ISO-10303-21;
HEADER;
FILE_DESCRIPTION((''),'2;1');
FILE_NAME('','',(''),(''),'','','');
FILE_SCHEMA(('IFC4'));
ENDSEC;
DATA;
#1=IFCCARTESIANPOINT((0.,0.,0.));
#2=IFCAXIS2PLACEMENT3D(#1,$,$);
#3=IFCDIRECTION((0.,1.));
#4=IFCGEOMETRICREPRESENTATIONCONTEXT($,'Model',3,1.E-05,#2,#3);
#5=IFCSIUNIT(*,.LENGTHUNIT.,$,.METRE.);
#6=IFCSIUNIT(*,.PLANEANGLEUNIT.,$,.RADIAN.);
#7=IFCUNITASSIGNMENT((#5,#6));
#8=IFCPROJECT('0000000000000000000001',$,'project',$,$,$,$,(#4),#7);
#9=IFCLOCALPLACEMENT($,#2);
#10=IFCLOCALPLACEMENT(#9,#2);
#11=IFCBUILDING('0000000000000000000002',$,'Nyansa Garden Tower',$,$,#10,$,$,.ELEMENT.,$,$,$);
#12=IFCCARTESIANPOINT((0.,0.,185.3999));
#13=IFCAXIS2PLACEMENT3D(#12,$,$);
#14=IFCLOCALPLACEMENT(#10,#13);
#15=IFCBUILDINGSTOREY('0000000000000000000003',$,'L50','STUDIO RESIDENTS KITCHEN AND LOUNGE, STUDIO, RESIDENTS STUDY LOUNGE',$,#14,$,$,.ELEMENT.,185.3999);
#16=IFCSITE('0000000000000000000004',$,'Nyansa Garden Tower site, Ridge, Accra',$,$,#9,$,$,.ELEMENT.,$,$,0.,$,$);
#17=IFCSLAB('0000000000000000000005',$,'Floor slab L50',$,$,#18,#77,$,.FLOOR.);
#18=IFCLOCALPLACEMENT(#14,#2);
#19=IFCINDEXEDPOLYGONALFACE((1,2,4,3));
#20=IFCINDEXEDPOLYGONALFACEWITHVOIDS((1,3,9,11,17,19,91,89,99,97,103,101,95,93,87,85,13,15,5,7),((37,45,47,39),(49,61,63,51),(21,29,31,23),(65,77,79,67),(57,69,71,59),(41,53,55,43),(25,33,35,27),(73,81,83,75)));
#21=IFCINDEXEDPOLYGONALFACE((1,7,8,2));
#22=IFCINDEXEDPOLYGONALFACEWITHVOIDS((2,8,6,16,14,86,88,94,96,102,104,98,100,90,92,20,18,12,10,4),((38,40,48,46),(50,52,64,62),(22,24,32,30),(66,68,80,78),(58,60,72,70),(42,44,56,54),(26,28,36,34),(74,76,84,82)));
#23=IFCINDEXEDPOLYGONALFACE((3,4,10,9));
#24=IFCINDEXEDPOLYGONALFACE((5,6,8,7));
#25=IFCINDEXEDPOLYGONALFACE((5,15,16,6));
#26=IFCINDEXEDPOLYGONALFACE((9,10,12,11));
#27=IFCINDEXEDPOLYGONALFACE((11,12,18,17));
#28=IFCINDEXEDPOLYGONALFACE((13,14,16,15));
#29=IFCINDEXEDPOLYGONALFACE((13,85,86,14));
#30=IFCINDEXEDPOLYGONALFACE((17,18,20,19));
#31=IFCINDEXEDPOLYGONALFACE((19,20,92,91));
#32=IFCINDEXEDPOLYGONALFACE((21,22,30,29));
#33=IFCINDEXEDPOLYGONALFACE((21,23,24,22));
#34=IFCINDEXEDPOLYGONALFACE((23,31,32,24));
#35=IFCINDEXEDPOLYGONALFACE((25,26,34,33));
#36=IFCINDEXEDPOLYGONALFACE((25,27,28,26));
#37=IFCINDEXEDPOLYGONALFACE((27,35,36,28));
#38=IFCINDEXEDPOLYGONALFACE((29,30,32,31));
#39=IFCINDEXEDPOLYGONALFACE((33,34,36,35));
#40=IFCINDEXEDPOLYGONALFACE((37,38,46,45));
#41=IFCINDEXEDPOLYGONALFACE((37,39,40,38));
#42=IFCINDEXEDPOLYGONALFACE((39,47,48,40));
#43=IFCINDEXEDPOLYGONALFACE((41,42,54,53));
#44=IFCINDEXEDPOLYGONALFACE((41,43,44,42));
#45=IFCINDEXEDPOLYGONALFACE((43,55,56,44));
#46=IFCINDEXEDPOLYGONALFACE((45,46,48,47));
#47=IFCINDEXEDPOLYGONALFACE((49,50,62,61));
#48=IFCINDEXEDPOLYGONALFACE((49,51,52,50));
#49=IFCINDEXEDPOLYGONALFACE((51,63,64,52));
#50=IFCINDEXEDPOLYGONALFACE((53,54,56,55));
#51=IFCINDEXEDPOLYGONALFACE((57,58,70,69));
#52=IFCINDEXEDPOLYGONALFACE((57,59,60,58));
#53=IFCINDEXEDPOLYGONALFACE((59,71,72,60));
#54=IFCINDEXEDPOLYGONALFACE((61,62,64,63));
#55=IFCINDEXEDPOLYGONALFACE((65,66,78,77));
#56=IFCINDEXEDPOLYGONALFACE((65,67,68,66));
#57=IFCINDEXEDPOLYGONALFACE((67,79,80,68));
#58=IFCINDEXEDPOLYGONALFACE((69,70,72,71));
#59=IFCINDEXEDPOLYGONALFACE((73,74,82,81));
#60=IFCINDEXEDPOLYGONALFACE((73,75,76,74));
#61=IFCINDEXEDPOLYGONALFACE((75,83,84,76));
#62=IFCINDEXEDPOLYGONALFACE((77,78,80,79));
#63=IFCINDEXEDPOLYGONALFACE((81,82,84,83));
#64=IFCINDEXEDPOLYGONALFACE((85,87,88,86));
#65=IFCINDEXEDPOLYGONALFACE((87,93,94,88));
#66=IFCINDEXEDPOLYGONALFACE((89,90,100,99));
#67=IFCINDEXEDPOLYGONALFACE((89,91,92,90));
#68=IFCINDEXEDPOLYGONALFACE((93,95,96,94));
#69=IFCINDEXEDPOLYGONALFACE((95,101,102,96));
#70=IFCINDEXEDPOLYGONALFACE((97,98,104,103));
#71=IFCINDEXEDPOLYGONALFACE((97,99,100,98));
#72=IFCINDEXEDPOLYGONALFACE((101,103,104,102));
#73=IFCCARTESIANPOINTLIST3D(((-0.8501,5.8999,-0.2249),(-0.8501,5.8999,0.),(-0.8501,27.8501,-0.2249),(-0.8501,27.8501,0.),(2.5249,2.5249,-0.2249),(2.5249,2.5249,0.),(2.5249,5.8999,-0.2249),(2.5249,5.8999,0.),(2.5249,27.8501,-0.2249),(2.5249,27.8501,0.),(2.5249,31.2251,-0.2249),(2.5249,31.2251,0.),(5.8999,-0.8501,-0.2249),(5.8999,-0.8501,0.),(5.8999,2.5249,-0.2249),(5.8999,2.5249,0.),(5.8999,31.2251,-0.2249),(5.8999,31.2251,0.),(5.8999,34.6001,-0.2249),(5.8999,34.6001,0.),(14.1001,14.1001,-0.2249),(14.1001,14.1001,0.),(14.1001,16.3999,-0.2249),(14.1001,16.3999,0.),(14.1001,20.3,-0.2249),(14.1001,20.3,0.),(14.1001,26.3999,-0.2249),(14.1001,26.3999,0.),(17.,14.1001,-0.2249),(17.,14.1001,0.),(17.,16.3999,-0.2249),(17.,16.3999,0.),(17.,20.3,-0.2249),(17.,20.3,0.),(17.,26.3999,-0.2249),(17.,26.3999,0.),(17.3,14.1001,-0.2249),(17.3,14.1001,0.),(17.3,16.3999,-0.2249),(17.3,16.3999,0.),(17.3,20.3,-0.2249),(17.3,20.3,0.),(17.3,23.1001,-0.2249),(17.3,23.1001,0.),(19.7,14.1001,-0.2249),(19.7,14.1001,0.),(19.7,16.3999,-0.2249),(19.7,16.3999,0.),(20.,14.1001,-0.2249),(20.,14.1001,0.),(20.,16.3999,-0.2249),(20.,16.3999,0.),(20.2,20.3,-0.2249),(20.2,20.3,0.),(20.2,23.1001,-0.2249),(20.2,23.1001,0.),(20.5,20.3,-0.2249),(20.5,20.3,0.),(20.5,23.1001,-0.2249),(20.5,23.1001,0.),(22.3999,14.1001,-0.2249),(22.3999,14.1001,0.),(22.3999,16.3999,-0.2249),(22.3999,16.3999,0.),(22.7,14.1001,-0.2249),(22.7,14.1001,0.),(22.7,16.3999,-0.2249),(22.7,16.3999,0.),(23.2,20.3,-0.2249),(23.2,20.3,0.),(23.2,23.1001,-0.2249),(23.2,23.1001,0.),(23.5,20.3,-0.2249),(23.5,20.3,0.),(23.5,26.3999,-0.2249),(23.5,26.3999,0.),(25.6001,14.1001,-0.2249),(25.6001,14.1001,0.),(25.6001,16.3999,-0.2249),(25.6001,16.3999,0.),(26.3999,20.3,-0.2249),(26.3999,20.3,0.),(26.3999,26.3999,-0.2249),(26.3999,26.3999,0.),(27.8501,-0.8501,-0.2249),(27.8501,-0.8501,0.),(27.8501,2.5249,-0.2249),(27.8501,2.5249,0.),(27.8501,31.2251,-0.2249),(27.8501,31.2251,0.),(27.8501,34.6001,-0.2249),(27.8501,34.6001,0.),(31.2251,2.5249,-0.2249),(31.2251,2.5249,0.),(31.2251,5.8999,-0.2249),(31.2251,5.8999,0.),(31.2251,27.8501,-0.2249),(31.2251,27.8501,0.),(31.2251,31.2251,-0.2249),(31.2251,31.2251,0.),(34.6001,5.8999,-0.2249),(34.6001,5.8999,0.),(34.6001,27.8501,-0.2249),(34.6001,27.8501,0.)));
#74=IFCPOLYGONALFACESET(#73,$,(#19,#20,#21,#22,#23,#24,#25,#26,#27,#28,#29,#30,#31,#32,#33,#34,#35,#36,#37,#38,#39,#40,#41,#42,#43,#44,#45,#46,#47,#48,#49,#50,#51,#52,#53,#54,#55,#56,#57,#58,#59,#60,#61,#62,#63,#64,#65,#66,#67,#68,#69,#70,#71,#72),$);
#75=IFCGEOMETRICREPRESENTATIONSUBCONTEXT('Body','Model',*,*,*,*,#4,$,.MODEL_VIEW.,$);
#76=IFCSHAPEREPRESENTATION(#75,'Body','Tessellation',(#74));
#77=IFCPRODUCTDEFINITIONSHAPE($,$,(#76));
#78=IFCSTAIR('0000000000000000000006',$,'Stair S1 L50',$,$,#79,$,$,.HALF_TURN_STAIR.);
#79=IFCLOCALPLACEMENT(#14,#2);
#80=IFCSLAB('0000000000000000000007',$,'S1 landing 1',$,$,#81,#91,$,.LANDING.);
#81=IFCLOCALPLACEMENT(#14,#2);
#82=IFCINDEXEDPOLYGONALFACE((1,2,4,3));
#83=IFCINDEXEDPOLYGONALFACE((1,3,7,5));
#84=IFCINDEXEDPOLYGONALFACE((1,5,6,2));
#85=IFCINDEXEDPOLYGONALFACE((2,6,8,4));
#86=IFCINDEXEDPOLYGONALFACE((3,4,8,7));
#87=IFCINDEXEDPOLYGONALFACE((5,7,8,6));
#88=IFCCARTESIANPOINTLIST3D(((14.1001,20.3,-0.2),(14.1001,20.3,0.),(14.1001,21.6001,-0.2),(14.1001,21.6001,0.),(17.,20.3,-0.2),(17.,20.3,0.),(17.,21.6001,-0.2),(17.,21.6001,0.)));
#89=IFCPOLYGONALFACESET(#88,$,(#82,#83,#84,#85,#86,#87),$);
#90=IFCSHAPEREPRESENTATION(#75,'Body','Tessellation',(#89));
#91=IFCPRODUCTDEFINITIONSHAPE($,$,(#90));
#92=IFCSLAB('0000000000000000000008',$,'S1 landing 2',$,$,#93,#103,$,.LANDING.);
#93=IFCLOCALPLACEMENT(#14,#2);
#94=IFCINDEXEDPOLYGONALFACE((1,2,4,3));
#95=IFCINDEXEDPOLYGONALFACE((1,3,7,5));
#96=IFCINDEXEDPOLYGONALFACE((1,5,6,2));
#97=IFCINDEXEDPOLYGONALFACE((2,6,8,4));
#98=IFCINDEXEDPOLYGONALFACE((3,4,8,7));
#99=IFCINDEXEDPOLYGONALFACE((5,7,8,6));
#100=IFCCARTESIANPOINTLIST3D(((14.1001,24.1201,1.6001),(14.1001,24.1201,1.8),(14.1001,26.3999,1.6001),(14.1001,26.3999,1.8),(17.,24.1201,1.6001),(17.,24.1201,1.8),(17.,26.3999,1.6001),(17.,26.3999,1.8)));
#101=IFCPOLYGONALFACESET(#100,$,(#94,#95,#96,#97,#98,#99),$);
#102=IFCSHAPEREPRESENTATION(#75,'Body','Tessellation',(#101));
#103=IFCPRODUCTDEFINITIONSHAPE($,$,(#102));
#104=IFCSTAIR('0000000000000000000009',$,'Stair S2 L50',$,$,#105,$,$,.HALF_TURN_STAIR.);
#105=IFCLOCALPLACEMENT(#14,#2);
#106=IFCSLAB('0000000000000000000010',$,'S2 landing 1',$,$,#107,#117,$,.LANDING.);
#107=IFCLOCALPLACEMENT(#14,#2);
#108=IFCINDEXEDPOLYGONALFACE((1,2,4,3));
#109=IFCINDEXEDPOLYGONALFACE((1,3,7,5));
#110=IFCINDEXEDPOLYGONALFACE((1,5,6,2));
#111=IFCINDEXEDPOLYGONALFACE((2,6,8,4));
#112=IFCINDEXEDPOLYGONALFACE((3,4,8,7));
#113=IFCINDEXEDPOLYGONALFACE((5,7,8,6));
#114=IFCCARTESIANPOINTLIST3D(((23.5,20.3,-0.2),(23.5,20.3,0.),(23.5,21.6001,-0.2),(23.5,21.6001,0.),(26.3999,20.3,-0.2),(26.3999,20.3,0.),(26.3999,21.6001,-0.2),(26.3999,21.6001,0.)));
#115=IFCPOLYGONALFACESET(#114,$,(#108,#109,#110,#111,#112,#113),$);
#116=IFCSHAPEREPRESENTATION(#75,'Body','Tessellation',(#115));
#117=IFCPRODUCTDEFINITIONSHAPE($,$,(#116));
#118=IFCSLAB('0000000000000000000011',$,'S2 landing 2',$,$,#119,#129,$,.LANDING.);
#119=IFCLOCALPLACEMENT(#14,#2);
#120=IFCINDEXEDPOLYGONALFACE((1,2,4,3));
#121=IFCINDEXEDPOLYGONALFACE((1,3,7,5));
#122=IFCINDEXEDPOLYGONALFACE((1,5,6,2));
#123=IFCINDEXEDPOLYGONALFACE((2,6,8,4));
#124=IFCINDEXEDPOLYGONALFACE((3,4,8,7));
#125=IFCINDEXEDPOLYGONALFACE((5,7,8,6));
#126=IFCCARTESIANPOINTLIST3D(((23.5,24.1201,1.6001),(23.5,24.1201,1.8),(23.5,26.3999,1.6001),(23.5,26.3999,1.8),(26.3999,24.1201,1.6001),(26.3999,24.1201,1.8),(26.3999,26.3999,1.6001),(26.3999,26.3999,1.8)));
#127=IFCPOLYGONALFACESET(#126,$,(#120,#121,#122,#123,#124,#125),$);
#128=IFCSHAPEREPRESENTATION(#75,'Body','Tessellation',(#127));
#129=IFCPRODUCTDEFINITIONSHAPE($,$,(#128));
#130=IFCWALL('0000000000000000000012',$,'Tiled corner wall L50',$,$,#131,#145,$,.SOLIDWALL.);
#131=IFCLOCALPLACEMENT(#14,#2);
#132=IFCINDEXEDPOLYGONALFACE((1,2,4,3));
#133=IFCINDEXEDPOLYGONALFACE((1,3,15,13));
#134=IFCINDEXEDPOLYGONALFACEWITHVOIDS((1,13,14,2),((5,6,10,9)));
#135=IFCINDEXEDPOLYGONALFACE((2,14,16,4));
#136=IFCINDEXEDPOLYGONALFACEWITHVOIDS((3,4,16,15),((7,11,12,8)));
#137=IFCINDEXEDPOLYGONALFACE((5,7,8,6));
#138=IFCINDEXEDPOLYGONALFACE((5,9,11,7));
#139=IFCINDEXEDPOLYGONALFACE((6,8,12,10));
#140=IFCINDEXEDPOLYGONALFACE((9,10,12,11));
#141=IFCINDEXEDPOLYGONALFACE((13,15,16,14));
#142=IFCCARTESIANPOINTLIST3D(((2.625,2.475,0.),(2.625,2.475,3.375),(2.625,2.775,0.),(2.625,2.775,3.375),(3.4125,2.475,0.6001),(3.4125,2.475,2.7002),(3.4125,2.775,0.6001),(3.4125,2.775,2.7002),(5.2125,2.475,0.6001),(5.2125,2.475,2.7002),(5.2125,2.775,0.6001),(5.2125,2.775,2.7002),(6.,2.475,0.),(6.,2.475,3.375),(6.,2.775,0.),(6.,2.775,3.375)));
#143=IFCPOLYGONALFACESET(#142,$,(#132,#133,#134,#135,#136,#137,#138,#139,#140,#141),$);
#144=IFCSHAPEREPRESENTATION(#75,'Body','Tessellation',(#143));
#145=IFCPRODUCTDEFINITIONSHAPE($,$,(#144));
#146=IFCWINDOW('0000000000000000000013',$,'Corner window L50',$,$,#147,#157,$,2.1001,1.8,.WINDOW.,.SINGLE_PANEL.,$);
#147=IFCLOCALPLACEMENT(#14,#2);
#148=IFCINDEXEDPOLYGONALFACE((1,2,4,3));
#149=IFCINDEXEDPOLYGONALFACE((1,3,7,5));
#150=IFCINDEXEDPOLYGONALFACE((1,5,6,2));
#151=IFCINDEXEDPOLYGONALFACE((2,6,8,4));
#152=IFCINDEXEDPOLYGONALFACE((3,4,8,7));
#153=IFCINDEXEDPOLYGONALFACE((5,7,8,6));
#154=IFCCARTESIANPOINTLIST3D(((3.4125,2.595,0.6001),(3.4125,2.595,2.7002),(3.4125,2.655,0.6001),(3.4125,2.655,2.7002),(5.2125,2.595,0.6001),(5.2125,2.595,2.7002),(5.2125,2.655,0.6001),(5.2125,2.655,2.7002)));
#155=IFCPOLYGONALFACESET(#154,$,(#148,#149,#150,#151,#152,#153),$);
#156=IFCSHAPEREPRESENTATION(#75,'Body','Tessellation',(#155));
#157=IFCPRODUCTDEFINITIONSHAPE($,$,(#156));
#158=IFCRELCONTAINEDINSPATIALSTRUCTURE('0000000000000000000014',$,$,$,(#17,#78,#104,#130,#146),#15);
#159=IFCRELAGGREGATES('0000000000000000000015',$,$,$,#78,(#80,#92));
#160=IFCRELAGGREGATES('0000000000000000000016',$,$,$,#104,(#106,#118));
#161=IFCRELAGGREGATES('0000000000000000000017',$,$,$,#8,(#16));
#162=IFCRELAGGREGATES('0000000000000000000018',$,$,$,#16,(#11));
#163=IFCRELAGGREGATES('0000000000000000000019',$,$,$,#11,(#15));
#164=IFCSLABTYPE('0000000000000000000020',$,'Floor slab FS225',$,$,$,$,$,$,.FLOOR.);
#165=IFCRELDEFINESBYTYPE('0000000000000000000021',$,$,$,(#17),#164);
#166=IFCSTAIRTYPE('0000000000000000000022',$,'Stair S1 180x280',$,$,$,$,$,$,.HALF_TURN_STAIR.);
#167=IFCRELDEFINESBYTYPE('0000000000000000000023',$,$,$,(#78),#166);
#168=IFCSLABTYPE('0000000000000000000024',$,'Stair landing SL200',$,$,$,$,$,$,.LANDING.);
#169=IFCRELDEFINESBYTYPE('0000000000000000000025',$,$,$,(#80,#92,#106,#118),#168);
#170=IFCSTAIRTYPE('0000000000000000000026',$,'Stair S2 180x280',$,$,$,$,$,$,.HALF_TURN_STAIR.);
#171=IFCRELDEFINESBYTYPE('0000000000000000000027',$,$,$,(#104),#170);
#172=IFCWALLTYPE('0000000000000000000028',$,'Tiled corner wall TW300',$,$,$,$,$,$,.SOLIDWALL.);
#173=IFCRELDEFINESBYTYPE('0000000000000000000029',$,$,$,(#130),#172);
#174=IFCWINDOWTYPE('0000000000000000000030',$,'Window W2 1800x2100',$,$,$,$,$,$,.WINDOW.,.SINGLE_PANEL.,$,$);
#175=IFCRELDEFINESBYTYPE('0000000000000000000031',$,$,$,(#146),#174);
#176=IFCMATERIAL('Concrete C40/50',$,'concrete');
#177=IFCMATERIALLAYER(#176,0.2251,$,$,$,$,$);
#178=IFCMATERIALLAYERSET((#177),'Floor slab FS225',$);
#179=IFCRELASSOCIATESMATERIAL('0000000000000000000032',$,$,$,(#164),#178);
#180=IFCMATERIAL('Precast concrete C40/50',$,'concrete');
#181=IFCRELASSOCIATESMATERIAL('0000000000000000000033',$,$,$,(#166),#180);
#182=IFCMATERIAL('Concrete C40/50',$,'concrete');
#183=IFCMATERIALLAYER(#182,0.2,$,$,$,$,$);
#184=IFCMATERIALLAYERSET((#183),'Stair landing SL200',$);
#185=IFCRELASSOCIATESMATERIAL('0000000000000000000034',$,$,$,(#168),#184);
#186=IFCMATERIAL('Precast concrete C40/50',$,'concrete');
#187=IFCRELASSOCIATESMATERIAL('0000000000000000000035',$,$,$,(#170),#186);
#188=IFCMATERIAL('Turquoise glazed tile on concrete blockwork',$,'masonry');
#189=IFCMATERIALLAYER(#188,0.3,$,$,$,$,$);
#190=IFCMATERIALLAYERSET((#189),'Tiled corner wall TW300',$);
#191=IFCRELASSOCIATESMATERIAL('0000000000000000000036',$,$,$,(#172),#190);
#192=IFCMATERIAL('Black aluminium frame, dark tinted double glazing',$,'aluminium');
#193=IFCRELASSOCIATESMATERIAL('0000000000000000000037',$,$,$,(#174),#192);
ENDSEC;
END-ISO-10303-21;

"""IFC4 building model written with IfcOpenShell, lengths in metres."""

from ifc_helpers import new_model, si_unit, direction, frame, frame_2d, origin, place, context, subcontext, project, spatial, polyline, rectangle, outline, extrude, material, layer, layer_set, type_object, element, fill, aggregate, save


model = new_model("IFC4")

# Units and contexts
model_context = context("Model", 3, precision=1e-05, world=origin(), true_north=direction((0.0, 1.0)))
body_context = subcontext(model_context, "Body", "Model", "MODEL_VIEW")
ifc_project = project(units=[si_unit("LENGTHUNIT", "METRE"), si_unit("PLANEANGLEUNIT", "RADIAN")], contexts=[model_context])

# Site, building, storey
site_placement = place(None, origin())
site = spatial("IfcSite", under=ifc_project, at=site_placement, Name="Nyansa Garden Tower site, Ridge, Accra", CompositionType="ELEMENT", RefElevation=0.0)
building_placement = place(site_placement, origin())
building = spatial("IfcBuilding", under=site, at=building_placement, Name="Nyansa Garden Tower", CompositionType="ELEMENT")
storey_placement = place(building_placement, frame((0.0, 0.0, 185.3999)))
storey = spatial("IfcBuildingStorey", under=building, at=storey_placement, Name="L50", Description="STUDIO RESIDENTS KITCHEN AND LOUNGE, STUDIO, RESIDENTS STUDY LOUNGE", CompositionType="ELEMENT", Elevation=185.3999)

# Slab
ifc_material_1 = material(Name="Concrete C40/50", Category="concrete")
ifc_layer_1 = layer(ifc_material_1, 0.2251)
ifc_layer_set_1 = layer_set([ifc_layer_1], Name="Floor slab FS225")
slab_type_1 = type_object("IfcSlabType", Name="Floor slab FS225", PredefinedType="FLOOR", material=ifc_layer_set_1)
slab_1_placement = place(storey_placement, frame((0.0, 0.0, -0.2249)))
element("IfcSlab", 1, at=slab_1_placement, inside=storey, type_object=slab_type_1, Name="Floor slab L50", PredefinedType="FLOOR", context=body_context, shape_type="SweptSolid", body=[
    extrude(outline(polyline([(34.6001, 5.8999), (31.2251, 5.8999), (31.2251, 2.5249), (27.8501, 2.5249), (27.8501, -0.8501), (5.8999, -0.8501), (5.8999, 2.5249), (2.5249, 2.5249), (2.5249, 5.8999), (-0.8501, 5.8999), (-0.8501, 27.8501), (2.5249, 27.8501), (2.5249, 31.2251), (5.8999, 31.2251), (5.8999, 34.6001), (27.8501, 34.6001), (27.8501, 31.2251), (31.2251, 31.2251), (31.2251, 27.8501), (34.6001, 27.8501), (34.6001, 5.8999)]), holes=[polyline([(14.1001, 14.1001), (17.0, 14.1001), (17.0, 16.3999), (14.1001, 16.3999), (14.1001, 14.1001)]), polyline([(17.3, 14.1001), (19.7, 14.1001), (19.7, 16.3999), (17.3, 16.3999), (17.3, 14.1001)]), polyline([(20.0, 14.1001), (22.3999, 14.1001), (22.3999, 16.3999), (20.0, 16.3999), (20.0, 14.1001)]), polyline([(22.7, 14.1001), (25.6001, 14.1001), (25.6001, 16.3999), (22.7, 16.3999), (22.7, 14.1001)]), polyline([(17.3, 20.3), (20.2, 20.3), (20.2, 23.1001), (17.3, 23.1001), (17.3, 20.3)]), polyline([(20.5, 20.3), (23.2, 20.3), (23.2, 23.1001), (20.5, 23.1001), (20.5, 20.3)]), polyline([(14.1001, 20.3), (17.0, 20.3), (17.0, 26.3999), (14.1001, 26.3999), (14.1001, 20.3)]), polyline([(23.5, 20.3), (26.3999, 20.3), (26.3999, 26.3999), (23.5, 26.3999), (23.5, 20.3)])]), origin(), (0.0, 0.0, 1.0), 0.2249),
])

# Stairs, slabs
ifc_material_2 = material(Name="Precast concrete C40/50", Category="concrete")
stair_type_1 = type_object("IfcStairType", Name="Stair S1 180x280", PredefinedType="HALF_TURN_STAIR", material=ifc_material_2)
stair_1_placement = place(storey_placement, origin())
stair_1 = element("IfcStair", 2, at=stair_1_placement, inside=storey, type_object=stair_type_1, Name="Stair S1 L50", PredefinedType="HALF_TURN_STAIR")
ifc_material_3 = material(Name="Concrete C40/50", Category="concrete")
ifc_layer_2 = layer(ifc_material_3, 0.2)
ifc_layer_set_2 = layer_set([ifc_layer_2], Name="Stair landing SL200")
slab_type_2 = type_object("IfcSlabType", Name="Stair landing SL200", PredefinedType="LANDING", material=ifc_layer_set_2)
slab_2_placement = place(storey_placement, frame((0.0, 0.0, -0.2)))
slab_2 = element("IfcSlab", 3, at=slab_2_placement, type_object=slab_type_2, Name="S1 landing 1", PredefinedType="LANDING", context=body_context, shape_type="SweptSolid", body=[
    extrude(outline(polyline([(14.1001, 20.3), (17.0, 20.3), (17.0, 21.6001), (14.1001, 21.6001), (14.1001, 20.3)])), origin(), (0.0, 0.0, 1.0), 0.2),
])
slab_3_placement = place(storey_placement, frame((0.0, 0.0, 1.6001)))
slab_3 = element("IfcSlab", 4, at=slab_3_placement, type_object=slab_type_2, Name="S1 landing 2", PredefinedType="LANDING", context=body_context, shape_type="SweptSolid", body=[
    extrude(outline(polyline([(14.1001, 24.1201), (17.0, 24.1201), (17.0, 26.3999), (14.1001, 26.3999), (14.1001, 24.1201)])), origin(), (0.0, 0.0, 1.0), 0.2),
])
aggregate(stair_1, [slab_2, slab_3])
ifc_material_4 = material(Name="Precast concrete C40/50", Category="concrete")
stair_type_2 = type_object("IfcStairType", Name="Stair S2 180x280", PredefinedType="HALF_TURN_STAIR", material=ifc_material_4)
stair_2_placement = place(storey_placement, origin())
stair_2 = element("IfcStair", 5, at=stair_2_placement, inside=storey, type_object=stair_type_2, Name="Stair S2 L50", PredefinedType="HALF_TURN_STAIR")
slab_4_placement = place(storey_placement, frame((0.0, 0.0, -0.2)))
slab_4 = element("IfcSlab", 6, at=slab_4_placement, type_object=slab_type_2, Name="S2 landing 1", PredefinedType="LANDING", context=body_context, shape_type="SweptSolid", body=[
    extrude(outline(polyline([(23.5, 20.3), (26.3999, 20.3), (26.3999, 21.6001), (23.5, 21.6001), (23.5, 20.3)])), origin(), (0.0, 0.0, 1.0), 0.2),
])
slab_5_placement = place(storey_placement, frame((0.0, 0.0, 1.6001)))
slab_5 = element("IfcSlab", 7, at=slab_5_placement, type_object=slab_type_2, Name="S2 landing 2", PredefinedType="LANDING", context=body_context, shape_type="SweptSolid", body=[
    extrude(outline(polyline([(23.5, 24.1201), (26.3999, 24.1201), (26.3999, 26.3999), (23.5, 26.3999), (23.5, 24.1201)])), origin(), (0.0, 0.0, 1.0), 0.2),
])
aggregate(stair_2, [slab_4, slab_5])

# Wall, opening, window
ifc_material_5 = material(Name="Turquoise glazed tile on concrete blockwork", Category="masonry")
ifc_layer_3 = layer(ifc_material_5, 0.3)
ifc_layer_set_3 = layer_set([ifc_layer_3], Name="Tiled corner wall TW300")
wall_type = type_object("IfcWallType", Name="Tiled corner wall TW300", PredefinedType="SOLIDWALL", material=ifc_layer_set_3)
wall_1_placement = place(storey_placement, frame((2.625, 2.625, 0.0), z_axis=(0.0, 0.0, 1.0), x_axis=(1.0, 0.0, 0.0)))
wall_1 = element("IfcWall", 8, at=wall_1_placement, inside=storey, type_object=wall_type, Name="Tiled corner wall L50", PredefinedType="SOLIDWALL", context=body_context, shape_type="SweptSolid", body=[
    extrude(rectangle(XDim=3.375, YDim=0.3, at=frame_2d((1.6875, 0.0))), origin(), (0.0, 0.0, 1.0), 3.375),
])
opening_1_placement = place(wall_1_placement, frame((0.7876, 0.0, 0.6001)))
opening_1 = element("IfcOpeningElement", 9, at=opening_1_placement, cuts=wall_1, PredefinedType="OPENING", context=body_context, shape_type="SweptSolid", body=[
    extrude(rectangle(XDim=1.8, YDim=2.1001, at=frame_2d((0.8999, 1.05))), frame((0.0, 0.1599, 0.0), z_axis=(0.0, -1.0, 0.0), x_axis=(1.0, 0.0, 0.0)), (0.0, 0.0, 1.0), 0.3201),
])
ifc_material_6 = material(Name="Black aluminium frame, dark tinted double glazing", Category="aluminium")
window_type = type_object("IfcWindowType", Name="Window W2 1800x2100", PartitioningType="SINGLE_PANEL", PredefinedType="WINDOW", material=ifc_material_6)
window_1_placement = place(opening_1_placement, origin())
window_1 = element("IfcWindow", 10, at=window_1_placement, inside=storey, type_object=window_type, Name="Corner window L50", OverallHeight=2.1001, OverallWidth=1.8, PartitioningType="SINGLE_PANEL", PredefinedType="WINDOW", context=body_context, shape_type="SweptSolid", body=[
    extrude(rectangle(XDim=1.8, YDim=2.1001, at=frame_2d((0.8999, 1.05))), frame((0.0, 0.03, 0.0), z_axis=(0.0, -1.0, 0.0), x_axis=(1.0, 0.0, 0.0)), (0.0, 0.0, 1.0), 0.0601),
])
fill(opening_1, window_1)

save(model, "model.ifc")
